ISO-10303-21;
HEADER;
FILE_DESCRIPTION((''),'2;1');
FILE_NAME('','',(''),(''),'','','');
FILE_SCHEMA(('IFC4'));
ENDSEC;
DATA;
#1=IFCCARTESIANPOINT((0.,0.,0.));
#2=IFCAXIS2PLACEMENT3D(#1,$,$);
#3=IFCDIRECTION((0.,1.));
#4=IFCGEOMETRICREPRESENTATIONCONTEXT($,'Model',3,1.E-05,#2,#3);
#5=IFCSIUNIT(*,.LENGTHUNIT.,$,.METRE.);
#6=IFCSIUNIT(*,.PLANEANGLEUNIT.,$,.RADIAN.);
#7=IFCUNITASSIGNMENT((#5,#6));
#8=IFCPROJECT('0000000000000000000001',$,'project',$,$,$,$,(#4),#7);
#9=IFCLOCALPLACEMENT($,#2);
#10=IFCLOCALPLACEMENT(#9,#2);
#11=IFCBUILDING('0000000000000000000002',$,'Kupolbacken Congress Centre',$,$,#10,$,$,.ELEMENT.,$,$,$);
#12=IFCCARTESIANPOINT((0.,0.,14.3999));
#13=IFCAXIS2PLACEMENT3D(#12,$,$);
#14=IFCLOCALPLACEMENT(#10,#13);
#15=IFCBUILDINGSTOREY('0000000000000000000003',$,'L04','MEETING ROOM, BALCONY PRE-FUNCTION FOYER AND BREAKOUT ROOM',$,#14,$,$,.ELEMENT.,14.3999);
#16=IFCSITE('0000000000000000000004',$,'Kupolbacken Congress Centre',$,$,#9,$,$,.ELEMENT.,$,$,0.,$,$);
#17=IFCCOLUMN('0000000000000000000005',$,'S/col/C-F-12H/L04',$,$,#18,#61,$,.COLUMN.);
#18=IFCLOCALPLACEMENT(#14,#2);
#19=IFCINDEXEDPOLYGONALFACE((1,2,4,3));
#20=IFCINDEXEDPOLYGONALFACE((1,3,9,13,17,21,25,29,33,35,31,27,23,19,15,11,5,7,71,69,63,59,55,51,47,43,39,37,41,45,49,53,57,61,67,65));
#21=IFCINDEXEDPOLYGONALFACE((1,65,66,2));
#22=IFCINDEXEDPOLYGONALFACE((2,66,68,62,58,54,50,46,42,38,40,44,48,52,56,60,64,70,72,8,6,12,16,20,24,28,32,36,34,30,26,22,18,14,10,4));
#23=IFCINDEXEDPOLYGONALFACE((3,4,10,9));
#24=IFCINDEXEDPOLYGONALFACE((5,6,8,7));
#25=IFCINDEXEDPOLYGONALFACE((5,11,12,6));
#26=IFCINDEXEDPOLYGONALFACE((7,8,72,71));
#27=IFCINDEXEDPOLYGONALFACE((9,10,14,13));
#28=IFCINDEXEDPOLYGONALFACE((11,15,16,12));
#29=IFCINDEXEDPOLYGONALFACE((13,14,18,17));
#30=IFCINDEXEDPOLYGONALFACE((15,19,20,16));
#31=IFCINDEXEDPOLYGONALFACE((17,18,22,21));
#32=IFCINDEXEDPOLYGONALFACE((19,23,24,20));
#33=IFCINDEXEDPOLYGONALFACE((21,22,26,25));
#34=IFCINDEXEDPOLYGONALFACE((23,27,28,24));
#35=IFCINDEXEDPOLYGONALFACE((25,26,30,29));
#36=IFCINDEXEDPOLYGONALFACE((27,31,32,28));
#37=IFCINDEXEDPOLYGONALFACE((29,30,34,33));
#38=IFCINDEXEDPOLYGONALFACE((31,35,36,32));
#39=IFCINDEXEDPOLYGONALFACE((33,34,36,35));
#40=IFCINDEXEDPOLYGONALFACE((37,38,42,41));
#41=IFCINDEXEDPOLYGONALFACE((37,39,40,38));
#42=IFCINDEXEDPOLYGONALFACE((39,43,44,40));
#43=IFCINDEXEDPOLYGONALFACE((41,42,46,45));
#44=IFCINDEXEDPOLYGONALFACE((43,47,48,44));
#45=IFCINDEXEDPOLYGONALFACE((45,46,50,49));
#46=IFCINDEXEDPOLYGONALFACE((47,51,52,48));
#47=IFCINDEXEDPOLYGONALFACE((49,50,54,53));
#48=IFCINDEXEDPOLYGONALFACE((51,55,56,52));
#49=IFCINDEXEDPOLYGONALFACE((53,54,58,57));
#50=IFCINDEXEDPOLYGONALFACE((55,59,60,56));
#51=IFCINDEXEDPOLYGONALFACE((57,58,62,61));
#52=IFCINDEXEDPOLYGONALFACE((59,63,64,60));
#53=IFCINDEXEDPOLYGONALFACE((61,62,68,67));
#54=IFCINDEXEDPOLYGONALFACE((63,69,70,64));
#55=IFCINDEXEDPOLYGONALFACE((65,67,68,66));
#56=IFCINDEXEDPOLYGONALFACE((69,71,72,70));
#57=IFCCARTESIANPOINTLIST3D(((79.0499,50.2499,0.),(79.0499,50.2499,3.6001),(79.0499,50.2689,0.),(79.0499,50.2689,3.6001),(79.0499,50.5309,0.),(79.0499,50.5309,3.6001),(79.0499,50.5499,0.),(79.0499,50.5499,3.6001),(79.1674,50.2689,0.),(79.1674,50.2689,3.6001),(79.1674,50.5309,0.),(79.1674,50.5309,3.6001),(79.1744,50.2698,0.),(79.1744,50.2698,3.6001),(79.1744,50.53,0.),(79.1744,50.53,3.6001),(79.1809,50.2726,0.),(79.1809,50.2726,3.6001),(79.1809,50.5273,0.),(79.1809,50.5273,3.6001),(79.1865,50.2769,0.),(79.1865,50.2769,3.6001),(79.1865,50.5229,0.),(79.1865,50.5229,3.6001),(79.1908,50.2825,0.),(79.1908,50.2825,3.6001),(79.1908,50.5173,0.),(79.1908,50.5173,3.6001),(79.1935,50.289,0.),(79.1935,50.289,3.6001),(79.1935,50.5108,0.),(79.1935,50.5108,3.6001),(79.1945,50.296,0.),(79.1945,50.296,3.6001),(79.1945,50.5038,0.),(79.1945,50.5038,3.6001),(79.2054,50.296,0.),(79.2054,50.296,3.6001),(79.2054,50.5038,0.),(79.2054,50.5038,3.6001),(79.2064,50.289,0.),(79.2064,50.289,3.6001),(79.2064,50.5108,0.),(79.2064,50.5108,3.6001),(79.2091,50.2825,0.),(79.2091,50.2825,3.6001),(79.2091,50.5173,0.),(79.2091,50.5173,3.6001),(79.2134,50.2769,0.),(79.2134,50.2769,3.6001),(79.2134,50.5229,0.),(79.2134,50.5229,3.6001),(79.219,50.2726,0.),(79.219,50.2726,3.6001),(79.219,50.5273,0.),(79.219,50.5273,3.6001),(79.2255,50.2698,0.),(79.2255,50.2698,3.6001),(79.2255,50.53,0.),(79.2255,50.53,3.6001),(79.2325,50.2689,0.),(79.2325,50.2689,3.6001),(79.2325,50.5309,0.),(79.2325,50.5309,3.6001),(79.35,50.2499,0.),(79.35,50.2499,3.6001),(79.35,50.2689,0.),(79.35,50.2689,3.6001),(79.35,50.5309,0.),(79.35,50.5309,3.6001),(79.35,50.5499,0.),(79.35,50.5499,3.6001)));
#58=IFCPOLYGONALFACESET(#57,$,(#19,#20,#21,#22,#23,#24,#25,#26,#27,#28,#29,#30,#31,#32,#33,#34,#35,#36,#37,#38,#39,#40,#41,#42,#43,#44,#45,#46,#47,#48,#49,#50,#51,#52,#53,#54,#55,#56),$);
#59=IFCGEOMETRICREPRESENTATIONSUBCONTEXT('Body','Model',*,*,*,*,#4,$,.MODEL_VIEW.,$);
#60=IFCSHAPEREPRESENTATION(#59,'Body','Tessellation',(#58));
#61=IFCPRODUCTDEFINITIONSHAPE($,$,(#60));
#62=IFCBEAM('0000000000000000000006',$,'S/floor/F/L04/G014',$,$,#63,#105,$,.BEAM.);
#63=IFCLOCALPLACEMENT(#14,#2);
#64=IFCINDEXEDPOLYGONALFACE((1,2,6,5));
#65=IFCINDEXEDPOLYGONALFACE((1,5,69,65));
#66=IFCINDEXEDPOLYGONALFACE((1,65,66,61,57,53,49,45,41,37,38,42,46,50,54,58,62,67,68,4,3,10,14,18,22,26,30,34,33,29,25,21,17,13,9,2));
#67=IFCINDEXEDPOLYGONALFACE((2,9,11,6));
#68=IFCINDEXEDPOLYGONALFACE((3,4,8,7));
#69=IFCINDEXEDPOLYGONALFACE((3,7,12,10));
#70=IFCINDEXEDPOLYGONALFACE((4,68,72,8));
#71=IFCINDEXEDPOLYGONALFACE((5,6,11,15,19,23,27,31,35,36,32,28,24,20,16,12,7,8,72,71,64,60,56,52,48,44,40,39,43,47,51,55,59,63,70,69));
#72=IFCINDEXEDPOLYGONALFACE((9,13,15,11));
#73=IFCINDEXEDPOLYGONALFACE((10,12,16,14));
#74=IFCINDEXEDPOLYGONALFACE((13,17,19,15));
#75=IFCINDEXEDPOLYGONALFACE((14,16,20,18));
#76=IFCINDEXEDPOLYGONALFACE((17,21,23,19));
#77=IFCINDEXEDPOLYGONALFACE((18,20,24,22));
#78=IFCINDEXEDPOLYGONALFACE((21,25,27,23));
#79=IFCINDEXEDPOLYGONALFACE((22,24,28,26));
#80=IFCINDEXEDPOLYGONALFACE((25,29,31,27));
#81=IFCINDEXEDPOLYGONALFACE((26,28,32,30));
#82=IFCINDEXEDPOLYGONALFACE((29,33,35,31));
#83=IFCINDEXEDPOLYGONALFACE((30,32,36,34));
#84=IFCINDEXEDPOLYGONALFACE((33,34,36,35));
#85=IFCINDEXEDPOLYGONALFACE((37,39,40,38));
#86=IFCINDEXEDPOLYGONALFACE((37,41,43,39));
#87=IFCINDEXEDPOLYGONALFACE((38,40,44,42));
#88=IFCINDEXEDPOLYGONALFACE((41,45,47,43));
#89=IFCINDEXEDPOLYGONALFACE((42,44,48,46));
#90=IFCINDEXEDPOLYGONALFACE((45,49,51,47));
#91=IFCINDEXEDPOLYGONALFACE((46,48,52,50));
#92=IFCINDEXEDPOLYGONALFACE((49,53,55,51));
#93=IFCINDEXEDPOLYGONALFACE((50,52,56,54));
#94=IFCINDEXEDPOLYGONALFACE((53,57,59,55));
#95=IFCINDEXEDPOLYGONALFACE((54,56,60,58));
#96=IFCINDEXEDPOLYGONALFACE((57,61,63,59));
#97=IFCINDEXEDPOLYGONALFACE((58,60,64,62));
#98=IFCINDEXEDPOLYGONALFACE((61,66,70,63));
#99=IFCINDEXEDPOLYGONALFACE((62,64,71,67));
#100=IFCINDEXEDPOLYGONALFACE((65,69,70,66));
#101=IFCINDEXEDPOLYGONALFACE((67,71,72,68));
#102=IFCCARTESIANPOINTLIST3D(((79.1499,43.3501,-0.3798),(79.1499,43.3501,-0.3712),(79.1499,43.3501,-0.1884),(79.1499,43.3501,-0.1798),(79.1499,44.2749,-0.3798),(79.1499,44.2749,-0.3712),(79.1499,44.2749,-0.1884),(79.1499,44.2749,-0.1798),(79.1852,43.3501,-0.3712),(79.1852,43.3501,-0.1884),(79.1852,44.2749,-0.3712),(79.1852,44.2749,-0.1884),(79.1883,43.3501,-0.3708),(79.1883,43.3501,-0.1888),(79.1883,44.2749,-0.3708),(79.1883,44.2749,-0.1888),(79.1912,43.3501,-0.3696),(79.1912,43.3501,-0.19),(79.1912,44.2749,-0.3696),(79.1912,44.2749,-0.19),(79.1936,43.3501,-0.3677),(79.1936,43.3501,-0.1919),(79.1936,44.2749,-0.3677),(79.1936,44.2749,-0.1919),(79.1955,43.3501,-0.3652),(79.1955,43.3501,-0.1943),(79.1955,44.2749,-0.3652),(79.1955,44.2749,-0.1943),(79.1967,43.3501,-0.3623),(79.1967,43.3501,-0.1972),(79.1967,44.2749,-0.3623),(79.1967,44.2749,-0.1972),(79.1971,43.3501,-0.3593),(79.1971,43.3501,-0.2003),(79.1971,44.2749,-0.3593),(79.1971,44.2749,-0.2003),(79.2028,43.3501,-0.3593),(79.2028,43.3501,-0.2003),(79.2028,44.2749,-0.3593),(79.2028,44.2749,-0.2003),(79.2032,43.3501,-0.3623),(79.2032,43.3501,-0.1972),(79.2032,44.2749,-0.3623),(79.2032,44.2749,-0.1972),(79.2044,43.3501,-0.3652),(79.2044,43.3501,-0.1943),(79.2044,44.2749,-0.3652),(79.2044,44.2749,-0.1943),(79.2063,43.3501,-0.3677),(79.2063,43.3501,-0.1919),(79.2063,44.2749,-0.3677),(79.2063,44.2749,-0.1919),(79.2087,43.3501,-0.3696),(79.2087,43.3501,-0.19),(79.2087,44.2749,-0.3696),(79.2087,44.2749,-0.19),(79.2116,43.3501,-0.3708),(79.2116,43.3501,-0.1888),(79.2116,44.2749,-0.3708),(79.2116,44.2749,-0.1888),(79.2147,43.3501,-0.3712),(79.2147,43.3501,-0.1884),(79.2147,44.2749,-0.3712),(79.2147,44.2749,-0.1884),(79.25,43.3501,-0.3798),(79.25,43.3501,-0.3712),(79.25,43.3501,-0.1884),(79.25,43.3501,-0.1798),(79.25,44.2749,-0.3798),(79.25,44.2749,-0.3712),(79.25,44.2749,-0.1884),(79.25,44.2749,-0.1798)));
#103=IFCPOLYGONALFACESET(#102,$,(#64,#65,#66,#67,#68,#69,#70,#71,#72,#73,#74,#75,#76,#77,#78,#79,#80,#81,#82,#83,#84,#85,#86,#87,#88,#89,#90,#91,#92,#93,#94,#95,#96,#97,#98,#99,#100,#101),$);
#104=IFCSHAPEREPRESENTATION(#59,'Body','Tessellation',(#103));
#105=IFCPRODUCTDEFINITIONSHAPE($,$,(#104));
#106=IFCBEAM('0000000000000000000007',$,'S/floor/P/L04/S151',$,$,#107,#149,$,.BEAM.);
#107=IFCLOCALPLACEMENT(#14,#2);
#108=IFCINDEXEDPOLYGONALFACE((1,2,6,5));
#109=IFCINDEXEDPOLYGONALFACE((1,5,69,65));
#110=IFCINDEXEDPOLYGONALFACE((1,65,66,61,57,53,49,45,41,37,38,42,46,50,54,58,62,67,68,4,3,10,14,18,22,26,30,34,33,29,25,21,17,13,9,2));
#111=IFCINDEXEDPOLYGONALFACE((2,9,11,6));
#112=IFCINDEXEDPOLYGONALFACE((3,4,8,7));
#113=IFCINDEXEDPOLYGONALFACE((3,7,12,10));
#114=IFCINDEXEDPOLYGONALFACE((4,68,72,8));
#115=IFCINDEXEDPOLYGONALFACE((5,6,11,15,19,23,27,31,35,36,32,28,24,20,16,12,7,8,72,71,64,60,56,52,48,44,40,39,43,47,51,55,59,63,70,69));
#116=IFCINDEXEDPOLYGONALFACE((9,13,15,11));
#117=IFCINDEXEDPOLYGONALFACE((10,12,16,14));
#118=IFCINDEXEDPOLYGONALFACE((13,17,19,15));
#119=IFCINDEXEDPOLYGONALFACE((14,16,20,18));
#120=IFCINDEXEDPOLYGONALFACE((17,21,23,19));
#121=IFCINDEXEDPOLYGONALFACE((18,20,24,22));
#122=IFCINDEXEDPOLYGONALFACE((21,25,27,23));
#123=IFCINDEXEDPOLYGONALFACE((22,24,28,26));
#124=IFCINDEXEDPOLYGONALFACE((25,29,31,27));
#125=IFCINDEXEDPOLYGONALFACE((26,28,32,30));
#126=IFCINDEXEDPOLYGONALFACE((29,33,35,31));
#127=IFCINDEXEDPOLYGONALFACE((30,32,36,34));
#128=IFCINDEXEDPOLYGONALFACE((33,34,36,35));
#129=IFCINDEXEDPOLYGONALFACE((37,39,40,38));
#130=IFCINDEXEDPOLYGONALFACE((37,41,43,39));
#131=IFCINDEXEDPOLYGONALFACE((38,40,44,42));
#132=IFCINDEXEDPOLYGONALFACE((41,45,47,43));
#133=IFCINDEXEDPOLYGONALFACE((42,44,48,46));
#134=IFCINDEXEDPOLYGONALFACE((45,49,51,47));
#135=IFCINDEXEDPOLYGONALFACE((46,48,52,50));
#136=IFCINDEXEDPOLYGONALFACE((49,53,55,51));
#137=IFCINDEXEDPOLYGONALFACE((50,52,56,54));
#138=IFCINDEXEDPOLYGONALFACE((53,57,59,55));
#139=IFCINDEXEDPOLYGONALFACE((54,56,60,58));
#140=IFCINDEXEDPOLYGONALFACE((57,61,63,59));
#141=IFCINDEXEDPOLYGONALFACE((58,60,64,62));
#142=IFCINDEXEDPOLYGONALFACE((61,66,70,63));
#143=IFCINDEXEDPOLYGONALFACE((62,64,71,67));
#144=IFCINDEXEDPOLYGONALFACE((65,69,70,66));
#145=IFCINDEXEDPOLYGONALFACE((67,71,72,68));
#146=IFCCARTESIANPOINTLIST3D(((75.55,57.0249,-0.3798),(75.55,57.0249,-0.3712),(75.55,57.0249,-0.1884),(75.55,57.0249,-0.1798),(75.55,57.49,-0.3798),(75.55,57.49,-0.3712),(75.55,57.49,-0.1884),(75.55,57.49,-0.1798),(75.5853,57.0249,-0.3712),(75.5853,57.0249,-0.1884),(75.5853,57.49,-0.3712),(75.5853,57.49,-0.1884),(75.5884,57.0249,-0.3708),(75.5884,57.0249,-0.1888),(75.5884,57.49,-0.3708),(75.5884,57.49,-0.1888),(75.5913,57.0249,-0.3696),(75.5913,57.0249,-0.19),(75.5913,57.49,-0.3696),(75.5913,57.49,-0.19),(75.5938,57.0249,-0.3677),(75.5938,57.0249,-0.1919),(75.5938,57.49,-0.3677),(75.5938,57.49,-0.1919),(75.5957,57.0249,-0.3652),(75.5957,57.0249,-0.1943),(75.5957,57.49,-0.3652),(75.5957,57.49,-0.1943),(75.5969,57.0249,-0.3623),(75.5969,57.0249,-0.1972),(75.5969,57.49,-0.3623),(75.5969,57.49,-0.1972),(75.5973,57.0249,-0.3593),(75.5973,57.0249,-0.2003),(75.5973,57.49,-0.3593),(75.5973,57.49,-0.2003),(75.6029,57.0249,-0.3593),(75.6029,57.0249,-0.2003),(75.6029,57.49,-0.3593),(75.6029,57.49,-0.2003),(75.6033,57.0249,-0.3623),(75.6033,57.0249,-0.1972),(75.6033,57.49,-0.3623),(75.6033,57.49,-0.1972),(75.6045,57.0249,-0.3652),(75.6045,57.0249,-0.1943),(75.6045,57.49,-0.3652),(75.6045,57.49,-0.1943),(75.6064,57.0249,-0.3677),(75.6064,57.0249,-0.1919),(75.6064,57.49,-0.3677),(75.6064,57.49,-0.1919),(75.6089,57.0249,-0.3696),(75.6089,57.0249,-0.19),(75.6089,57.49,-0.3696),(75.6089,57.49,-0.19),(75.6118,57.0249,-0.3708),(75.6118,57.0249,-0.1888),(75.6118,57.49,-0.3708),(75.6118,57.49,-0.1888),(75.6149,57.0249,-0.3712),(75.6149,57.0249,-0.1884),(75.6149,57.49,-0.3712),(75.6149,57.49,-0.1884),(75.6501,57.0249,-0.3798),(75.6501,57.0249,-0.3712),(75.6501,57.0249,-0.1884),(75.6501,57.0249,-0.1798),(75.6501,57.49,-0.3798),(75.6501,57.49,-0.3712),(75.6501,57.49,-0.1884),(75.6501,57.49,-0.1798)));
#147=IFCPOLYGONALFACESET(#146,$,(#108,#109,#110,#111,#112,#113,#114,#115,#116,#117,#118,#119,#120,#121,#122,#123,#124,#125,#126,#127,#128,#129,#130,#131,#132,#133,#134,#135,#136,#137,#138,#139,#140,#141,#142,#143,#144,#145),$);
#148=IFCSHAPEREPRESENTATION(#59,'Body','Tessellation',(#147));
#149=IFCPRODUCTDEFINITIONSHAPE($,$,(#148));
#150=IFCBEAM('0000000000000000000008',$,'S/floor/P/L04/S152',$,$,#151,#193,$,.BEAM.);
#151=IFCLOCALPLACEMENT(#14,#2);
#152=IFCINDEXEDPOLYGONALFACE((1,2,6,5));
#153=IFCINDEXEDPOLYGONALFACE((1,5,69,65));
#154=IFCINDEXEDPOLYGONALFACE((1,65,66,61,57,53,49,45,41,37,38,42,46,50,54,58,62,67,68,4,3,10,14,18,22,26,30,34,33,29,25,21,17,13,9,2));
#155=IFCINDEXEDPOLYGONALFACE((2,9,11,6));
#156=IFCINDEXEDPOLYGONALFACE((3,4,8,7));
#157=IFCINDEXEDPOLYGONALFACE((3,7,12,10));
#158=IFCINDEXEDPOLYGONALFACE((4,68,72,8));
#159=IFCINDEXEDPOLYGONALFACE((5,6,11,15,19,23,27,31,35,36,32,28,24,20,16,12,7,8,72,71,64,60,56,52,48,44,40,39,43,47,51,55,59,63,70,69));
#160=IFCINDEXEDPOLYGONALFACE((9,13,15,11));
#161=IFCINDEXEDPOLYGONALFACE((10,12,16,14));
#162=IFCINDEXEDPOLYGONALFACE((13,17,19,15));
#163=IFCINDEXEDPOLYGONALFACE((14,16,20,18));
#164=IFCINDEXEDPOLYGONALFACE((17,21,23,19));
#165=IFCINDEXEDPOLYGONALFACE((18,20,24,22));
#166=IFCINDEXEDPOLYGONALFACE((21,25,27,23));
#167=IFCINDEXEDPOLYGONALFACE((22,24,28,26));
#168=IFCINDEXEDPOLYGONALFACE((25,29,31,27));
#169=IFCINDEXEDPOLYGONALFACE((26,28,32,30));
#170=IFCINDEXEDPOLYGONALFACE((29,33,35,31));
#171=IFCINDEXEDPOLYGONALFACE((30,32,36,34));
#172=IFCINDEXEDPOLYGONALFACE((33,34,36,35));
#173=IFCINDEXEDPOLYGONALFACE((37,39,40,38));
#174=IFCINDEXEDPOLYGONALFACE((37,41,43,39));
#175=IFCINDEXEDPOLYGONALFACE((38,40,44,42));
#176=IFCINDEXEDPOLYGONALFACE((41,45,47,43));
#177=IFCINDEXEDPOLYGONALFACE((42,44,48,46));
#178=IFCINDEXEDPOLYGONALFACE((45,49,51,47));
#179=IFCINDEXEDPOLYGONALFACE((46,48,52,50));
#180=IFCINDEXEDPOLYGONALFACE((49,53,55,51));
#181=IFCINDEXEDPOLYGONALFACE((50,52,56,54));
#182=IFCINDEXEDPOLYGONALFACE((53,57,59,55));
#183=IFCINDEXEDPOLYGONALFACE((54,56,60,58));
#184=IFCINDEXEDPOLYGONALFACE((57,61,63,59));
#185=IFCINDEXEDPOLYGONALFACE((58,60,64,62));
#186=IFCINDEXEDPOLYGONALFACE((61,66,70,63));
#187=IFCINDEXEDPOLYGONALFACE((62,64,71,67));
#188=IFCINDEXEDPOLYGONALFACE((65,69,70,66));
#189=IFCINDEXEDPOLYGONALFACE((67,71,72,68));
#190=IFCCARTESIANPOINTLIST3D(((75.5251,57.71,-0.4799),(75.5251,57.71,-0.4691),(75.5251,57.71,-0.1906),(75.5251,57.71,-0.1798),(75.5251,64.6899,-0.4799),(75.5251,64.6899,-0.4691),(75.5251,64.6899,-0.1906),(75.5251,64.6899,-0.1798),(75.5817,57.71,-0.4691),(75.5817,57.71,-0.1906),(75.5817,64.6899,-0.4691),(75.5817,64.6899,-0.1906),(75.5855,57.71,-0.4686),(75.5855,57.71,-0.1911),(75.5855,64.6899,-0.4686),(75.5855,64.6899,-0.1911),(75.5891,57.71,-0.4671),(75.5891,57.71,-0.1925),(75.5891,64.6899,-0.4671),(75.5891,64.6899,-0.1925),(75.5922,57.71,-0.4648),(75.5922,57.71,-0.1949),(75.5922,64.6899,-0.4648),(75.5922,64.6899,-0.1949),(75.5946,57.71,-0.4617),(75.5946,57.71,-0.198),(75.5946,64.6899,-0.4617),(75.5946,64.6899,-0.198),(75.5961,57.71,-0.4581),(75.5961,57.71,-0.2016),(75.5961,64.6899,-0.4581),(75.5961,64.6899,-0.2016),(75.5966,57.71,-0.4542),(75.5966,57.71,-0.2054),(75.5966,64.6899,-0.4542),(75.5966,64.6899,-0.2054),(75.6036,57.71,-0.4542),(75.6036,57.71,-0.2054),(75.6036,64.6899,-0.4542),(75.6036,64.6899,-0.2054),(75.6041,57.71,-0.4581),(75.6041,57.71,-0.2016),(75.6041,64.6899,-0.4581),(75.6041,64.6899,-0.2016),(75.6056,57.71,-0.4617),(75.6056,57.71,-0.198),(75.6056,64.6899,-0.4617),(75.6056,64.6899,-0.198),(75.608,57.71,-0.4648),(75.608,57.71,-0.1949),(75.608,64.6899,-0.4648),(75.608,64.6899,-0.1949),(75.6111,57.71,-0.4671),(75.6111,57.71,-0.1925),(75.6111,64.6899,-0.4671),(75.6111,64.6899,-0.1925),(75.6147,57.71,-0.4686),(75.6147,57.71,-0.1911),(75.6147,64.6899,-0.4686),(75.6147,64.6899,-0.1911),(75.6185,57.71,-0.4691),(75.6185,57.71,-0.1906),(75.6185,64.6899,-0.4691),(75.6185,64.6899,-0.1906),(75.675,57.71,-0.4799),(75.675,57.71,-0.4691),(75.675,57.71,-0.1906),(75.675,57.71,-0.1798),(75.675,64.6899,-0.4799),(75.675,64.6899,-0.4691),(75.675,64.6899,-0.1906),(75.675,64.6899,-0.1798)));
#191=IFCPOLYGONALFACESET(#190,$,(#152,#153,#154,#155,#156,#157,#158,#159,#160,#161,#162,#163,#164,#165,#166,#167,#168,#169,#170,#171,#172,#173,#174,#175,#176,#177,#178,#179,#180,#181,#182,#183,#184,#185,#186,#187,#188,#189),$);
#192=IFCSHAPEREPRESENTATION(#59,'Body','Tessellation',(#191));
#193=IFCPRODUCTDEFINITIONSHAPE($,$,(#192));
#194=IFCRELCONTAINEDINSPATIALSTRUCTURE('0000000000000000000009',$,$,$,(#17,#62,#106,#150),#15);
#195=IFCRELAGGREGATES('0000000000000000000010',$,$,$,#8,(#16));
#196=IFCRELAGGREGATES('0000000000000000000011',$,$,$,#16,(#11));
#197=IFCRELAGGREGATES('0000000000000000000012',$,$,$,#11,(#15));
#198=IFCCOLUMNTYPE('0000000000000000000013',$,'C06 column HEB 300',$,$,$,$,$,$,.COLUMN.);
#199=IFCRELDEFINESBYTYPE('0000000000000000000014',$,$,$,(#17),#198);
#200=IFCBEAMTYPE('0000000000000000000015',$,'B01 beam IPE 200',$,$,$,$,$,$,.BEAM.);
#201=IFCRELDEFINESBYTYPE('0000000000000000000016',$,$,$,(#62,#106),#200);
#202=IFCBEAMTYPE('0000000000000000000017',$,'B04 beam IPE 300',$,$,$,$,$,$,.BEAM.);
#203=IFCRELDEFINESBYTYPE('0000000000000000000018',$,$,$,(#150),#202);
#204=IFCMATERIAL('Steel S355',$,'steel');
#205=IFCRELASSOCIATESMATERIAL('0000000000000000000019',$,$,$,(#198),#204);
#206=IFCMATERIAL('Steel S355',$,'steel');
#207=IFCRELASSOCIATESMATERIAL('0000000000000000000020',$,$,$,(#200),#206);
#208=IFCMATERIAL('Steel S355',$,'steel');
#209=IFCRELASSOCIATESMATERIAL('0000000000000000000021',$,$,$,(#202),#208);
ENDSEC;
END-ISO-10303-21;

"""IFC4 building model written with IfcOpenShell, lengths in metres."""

from ifc_helpers import new_model, si_unit, direction, frame, origin, origin_2d, place, context, subcontext, project, spatial, i_section, extrude, material, material_profile, profile_set, type_object, element, save


model = new_model("IFC4")

# Units and contexts
model_context = context("Model", 3, precision=1e-05, world=origin(), true_north=direction((0.0, 1.0)))
body_context = subcontext(model_context, "Body", "Model", "MODEL_VIEW")
ifc_project = project(units=[si_unit("LENGTHUNIT", "METRE"), si_unit("PLANEANGLEUNIT", "RADIAN")], contexts=[model_context])

# Site, building, storey
site_placement = place(None, origin())
site = spatial("IfcSite", under=ifc_project, at=site_placement, Name="Kupolbacken Congress Centre", CompositionType="ELEMENT", RefElevation=0.0)
building_placement = place(site_placement, origin())
building = spatial("IfcBuilding", under=site, at=building_placement, Name="Kupolbacken Congress Centre", CompositionType="ELEMENT")
storey_placement = place(building_placement, frame((0.0, 0.0, 14.3999)))
storey = spatial("IfcBuildingStorey", under=building, at=storey_placement, Name="L04", Description="MEETING ROOM, BALCONY PRE-FUNCTION FOYER AND BREAKOUT ROOM", CompositionType="ELEMENT", Elevation=14.3999)

# Column
ifc_material_1 = material(Name="Steel S355", Category="steel")
ifc_material_profile_1 = material_profile(ifc_material_1, i_section(OverallWidth=0.3, OverallDepth=0.3, WebThickness=0.011, FlangeThickness=0.019, FilletRadius=0.0271, at=origin_2d()), Name="HEB 300")
ifc_profile_set_1 = profile_set([ifc_material_profile_1], Name="Steel S355")
column_type = type_object("IfcColumnType", Name="C06 column HEB 300", PredefinedType="COLUMN", material=ifc_profile_set_1)
column_placement = place(storey_placement, frame((79.2, 50.3999, 0.0), z_axis=(0.0, 0.0, 1.0), x_axis=(1.0, 0.0, 0.0)))
element("IfcColumn", 1, at=column_placement, inside=storey, type_object=column_type, Name="S/col/C-F-12H/L04", PredefinedType="COLUMN", context=body_context, shape_type="SweptSolid", body=[
    extrude(i_section(OverallWidth=0.3, OverallDepth=0.3, WebThickness=0.011, FlangeThickness=0.019, FilletRadius=0.0271, at=origin_2d()), origin(), (0.0, 0.0, 1.0), 3.6001),
])

# Beams
ifc_material_2 = material(Name="Steel S355", Category="steel")
ifc_material_profile_2 = material_profile(ifc_material_2, i_section(OverallWidth=0.1001, OverallDepth=0.2, WebThickness=0.0056, FlangeThickness=0.0085, FilletRadius=0.012, at=origin_2d()), Name="IPE 200")
ifc_profile_set_2 = profile_set([ifc_material_profile_2], Name="Steel S355")
beam_type_1 = type_object("IfcBeamType", Name="B01 beam IPE 200", PredefinedType="BEAM", material=ifc_profile_set_2)
beam_1_placement = place(storey_placement, frame((79.2, 43.3501, -0.2798), z_axis=(0.0, 1.0, 0.0), x_axis=(-1.0, 0.0, 0.0)))
element("IfcBeam", 2, at=beam_1_placement, inside=storey, type_object=beam_type_1, Name="S/floor/F/L04/G014", PredefinedType="BEAM", context=body_context, shape_type="SweptSolid", body=[
    extrude(i_section(OverallWidth=0.1001, OverallDepth=0.2, WebThickness=0.0056, FlangeThickness=0.0085, FilletRadius=0.012, at=origin_2d()), origin(), (0.0, 0.0, 1.0), 0.9248),
])
beam_2_placement = place(storey_placement, frame((75.6001, 57.0249, -0.2798), z_axis=(0.0, 1.0, 0.0), x_axis=(-1.0, 0.0, 0.0)))
element("IfcBeam", 3, at=beam_2_placement, inside=storey, type_object=beam_type_1, Name="S/floor/P/L04/S151", PredefinedType="BEAM", context=body_context, shape_type="SweptSolid", body=[
    extrude(i_section(OverallWidth=0.1001, OverallDepth=0.2, WebThickness=0.0056, FlangeThickness=0.0085, FilletRadius=0.012, at=origin_2d()), origin(), (0.0, 0.0, 1.0), 0.4651),
])
ifc_material_3 = material(Name="Steel S355", Category="steel")
ifc_material_profile_3 = material_profile(ifc_material_3, i_section(OverallWidth=0.1499, OverallDepth=0.3, WebThickness=0.0071, FlangeThickness=0.0107, FilletRadius=0.0149, at=origin_2d()), Name="IPE 300")
ifc_profile_set_3 = profile_set([ifc_material_profile_3], Name="Steel S355")
beam_type_2 = type_object("IfcBeamType", Name="B04 beam IPE 300", PredefinedType="BEAM", material=ifc_profile_set_3)
beam_3_placement = place(storey_placement, frame((75.6001, 57.71, -0.3298), z_axis=(0.0, 1.0, 0.0), x_axis=(-1.0, 0.0, 0.0)))
element("IfcBeam", 4, at=beam_3_placement, inside=storey, type_object=beam_type_2, Name="S/floor/P/L04/S152", PredefinedType="BEAM", context=body_context, shape_type="SweptSolid", body=[
    extrude(i_section(OverallWidth=0.1499, OverallDepth=0.3, WebThickness=0.0071, FlangeThickness=0.0107, FilletRadius=0.0149, at=origin_2d()), origin(), (0.0, 0.0, 1.0), 6.98),
])

save(model, "model.ifc")
